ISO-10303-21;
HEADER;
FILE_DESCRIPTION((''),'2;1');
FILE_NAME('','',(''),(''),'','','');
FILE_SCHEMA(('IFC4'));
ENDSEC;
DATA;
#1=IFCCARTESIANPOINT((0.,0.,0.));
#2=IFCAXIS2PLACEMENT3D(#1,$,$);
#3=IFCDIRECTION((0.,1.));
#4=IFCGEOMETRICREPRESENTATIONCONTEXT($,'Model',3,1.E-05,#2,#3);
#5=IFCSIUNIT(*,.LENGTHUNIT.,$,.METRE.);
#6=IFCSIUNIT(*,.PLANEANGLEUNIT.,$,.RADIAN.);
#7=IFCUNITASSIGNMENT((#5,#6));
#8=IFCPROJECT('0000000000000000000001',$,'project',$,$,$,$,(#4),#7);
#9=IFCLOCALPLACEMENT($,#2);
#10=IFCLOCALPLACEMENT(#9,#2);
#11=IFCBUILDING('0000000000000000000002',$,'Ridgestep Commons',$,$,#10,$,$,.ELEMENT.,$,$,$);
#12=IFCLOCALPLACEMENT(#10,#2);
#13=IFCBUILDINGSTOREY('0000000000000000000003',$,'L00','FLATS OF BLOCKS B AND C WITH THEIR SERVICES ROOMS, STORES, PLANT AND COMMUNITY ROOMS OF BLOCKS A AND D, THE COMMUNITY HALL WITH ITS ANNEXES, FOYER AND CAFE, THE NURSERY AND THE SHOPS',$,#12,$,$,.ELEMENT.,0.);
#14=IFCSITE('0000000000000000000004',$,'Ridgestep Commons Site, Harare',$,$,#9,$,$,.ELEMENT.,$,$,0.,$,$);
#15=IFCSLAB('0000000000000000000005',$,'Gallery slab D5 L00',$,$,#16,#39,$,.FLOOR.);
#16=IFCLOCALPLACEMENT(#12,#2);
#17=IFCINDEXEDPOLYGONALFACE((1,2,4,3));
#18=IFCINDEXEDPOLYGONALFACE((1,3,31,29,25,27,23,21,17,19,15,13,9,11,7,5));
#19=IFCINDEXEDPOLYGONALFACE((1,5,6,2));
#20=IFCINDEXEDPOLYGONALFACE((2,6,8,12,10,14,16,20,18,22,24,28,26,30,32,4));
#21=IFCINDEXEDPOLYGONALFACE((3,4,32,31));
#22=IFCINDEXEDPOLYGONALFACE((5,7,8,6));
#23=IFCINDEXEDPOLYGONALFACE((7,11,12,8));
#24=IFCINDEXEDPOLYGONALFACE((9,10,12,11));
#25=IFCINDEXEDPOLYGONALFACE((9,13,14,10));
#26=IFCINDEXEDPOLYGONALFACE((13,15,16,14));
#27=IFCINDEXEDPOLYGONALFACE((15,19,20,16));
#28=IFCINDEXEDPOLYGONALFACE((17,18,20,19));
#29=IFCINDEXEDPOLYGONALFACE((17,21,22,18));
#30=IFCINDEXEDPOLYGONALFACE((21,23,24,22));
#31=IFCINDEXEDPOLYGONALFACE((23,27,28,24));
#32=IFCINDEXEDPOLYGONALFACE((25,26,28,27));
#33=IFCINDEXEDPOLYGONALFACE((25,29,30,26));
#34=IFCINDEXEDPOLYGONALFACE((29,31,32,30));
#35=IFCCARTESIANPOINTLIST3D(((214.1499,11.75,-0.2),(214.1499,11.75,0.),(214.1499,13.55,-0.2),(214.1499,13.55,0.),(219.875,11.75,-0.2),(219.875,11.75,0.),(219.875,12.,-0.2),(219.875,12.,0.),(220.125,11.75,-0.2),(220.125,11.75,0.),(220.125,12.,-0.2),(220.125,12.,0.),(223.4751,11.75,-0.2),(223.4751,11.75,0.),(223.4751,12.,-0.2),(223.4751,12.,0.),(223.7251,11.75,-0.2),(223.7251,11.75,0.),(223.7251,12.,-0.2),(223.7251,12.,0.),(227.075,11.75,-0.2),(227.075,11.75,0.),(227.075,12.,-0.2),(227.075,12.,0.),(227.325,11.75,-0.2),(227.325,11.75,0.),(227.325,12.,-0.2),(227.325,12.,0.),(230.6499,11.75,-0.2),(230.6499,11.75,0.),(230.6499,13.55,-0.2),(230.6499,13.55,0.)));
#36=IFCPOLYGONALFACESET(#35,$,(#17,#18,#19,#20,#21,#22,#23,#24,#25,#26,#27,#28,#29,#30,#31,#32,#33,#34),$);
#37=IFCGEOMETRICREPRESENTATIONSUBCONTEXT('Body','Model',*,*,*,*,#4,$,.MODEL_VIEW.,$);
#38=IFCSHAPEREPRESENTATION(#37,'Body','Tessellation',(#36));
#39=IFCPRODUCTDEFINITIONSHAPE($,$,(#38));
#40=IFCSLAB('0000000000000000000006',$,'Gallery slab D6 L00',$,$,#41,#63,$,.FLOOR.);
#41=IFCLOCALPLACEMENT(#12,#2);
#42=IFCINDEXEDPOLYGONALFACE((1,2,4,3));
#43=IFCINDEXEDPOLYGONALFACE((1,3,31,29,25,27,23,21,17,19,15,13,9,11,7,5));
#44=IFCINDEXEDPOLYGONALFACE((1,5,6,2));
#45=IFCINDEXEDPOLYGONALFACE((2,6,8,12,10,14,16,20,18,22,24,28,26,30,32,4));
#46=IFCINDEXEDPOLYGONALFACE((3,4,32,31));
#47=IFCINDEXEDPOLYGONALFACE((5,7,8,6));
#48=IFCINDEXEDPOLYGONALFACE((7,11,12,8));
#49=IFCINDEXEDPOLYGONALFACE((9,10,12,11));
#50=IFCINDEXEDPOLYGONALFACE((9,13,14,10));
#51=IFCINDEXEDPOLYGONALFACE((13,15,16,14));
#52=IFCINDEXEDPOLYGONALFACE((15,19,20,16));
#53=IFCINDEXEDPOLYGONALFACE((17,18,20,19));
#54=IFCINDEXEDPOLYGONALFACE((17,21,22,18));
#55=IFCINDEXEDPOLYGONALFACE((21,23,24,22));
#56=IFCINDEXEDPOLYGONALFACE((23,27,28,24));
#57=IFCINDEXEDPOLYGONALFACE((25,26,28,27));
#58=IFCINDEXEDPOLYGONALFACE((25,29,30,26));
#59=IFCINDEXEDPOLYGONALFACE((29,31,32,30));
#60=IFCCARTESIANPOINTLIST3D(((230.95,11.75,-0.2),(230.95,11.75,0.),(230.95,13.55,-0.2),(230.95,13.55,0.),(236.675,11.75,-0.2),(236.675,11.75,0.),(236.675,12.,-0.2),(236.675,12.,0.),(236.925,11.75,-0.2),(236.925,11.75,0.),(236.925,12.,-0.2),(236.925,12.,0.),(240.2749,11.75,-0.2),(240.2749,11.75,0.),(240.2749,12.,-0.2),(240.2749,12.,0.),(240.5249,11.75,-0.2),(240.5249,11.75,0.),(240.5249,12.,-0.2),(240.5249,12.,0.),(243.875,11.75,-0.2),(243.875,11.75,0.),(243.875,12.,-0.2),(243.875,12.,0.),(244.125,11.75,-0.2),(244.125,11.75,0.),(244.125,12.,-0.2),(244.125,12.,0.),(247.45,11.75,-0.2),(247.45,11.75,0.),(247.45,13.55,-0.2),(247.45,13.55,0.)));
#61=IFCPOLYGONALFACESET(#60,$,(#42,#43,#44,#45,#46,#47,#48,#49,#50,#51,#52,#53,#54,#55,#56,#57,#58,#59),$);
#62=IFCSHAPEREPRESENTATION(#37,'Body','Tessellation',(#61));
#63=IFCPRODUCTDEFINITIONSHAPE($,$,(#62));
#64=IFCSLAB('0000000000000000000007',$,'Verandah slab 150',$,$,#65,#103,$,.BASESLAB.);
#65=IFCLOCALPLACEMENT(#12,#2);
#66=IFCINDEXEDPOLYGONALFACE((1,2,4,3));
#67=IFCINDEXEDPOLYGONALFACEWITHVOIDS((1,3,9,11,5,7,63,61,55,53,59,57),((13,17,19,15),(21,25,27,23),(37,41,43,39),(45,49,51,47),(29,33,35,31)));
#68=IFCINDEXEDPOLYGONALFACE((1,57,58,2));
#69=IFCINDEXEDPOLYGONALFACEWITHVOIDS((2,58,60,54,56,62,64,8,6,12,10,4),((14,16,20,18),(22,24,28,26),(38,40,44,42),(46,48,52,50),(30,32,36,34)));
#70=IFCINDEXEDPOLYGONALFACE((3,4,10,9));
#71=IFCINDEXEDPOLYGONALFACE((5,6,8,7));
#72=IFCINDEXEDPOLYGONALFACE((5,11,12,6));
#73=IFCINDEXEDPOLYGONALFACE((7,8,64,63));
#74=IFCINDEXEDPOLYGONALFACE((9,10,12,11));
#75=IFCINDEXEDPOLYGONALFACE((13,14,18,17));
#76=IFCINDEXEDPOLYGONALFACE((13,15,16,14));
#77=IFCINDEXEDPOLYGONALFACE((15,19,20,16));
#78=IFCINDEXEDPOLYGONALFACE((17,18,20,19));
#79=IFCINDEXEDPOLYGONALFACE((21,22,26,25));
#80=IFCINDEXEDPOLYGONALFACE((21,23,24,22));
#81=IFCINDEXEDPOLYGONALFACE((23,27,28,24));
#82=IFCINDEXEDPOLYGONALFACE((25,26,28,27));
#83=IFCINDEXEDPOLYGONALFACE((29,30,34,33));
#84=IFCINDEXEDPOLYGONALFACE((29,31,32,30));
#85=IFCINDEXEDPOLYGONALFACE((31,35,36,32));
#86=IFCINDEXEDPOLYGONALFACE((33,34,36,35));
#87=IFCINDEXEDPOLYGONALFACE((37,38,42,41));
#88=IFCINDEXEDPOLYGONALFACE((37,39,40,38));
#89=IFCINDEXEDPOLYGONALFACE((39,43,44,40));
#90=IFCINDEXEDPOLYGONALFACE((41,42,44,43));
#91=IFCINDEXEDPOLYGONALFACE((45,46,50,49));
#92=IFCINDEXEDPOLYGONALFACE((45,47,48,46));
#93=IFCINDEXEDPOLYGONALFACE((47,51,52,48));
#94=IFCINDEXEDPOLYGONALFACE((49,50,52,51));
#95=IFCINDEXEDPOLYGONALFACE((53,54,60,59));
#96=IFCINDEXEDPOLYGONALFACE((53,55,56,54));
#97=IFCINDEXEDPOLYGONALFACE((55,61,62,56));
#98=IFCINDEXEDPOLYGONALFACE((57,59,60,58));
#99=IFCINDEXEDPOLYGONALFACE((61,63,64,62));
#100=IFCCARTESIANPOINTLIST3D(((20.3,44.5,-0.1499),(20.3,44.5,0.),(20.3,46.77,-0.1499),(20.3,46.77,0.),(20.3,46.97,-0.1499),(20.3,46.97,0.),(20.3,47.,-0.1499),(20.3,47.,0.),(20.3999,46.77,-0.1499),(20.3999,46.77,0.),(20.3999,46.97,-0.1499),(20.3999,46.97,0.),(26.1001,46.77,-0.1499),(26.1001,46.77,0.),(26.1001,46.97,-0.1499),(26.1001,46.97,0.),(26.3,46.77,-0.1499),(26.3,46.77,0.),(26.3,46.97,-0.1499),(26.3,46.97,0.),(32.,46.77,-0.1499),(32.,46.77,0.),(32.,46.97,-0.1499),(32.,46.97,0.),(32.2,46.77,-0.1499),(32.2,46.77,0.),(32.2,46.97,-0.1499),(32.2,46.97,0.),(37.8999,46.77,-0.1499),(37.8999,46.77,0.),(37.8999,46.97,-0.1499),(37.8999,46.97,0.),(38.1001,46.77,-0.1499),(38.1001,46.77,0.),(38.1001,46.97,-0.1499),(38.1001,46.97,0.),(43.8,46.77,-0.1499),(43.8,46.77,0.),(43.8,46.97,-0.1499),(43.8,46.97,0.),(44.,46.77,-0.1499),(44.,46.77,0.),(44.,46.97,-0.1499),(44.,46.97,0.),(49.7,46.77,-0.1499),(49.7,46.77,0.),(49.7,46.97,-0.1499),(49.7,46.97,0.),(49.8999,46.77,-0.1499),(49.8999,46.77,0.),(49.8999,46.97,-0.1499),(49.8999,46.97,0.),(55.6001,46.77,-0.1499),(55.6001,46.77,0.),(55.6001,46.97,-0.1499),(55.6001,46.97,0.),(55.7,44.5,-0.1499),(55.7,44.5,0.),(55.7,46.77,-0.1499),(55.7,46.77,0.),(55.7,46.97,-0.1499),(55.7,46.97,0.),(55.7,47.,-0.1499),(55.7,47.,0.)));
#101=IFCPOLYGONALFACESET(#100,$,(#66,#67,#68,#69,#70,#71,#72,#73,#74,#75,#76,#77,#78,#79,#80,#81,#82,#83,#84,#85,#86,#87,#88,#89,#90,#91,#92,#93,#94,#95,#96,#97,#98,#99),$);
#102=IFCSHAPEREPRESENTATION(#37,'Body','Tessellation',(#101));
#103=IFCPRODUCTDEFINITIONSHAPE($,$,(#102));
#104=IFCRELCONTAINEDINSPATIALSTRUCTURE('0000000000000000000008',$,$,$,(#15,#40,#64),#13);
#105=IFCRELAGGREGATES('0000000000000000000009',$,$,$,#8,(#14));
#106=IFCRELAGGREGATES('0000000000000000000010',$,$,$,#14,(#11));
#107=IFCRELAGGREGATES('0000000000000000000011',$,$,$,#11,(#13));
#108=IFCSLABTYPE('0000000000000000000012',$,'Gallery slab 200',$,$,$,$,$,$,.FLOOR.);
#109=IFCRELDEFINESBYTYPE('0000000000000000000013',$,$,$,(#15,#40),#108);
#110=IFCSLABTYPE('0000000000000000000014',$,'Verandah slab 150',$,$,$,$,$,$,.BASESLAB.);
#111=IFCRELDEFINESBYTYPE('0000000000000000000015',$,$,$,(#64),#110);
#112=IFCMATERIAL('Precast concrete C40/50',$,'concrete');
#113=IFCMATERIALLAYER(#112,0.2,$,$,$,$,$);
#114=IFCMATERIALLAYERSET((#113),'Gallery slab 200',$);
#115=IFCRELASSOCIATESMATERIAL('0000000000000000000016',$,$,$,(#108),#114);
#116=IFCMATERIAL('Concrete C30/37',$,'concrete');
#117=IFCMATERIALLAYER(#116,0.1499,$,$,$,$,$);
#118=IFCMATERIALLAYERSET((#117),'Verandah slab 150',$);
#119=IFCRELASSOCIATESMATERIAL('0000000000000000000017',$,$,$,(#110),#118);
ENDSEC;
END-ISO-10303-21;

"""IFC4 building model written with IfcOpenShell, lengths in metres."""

from ifc_helpers import new_model, si_unit, direction, frame, origin, place, context, subcontext, project, spatial, polyline, outline, extrude, material, layer, layer_set, type_object, element, save


model = new_model("IFC4")

# Units and contexts
model_context = context("Model", 3, precision=1e-05, world=origin(), true_north=direction((0.0, 1.0)))
body_context = subcontext(model_context, "Body", "Model", "MODEL_VIEW")
ifc_project = project(units=[si_unit("LENGTHUNIT", "METRE"), si_unit("PLANEANGLEUNIT", "RADIAN")], contexts=[model_context])

# Site, building, storey
site_placement = place(None, origin())
site = spatial("IfcSite", under=ifc_project, at=site_placement, Name="Ridgestep Commons Site, Harare", CompositionType="ELEMENT", RefElevation=0.0)
building_placement = place(site_placement, origin())
building = spatial("IfcBuilding", under=site, at=building_placement, Name="Ridgestep Commons", CompositionType="ELEMENT")
storey_placement = place(building_placement, origin())
storey = spatial("IfcBuildingStorey", under=building, at=storey_placement, Name="L00", Description="FLATS OF BLOCKS B AND C WITH THEIR SERVICES ROOMS, STORES, PLANT AND COMMUNITY ROOMS OF BLOCKS A AND D, THE COMMUNITY HALL WITH ITS ANNEXES, FOYER AND CAFE, THE NURSERY AND THE SHOPS", CompositionType="ELEMENT", Elevation=0.0)

# Slabs
ifc_material_1 = material(Name="Precast concrete C40/50", Category="concrete")
ifc_layer_1 = layer(ifc_material_1, 0.2)
ifc_layer_set_1 = layer_set([ifc_layer_1], Name="Gallery slab 200")
slab_type_1 = type_object("IfcSlabType", Name="Gallery slab 200", PredefinedType="FLOOR", material=ifc_layer_set_1)
slab_1_placement = place(storey_placement, frame((0.0, 0.0, -0.2)))
element("IfcSlab", 1, at=slab_1_placement, inside=storey, type_object=slab_type_1, Name="Gallery slab D5 L00", PredefinedType="FLOOR", context=body_context, shape_type="SweptSolid", body=[
    extrude(outline(polyline([(230.6499, 13.55), (214.1499, 13.55), (214.1499, 11.75), (219.875, 11.75), (219.875, 12.0), (220.125, 12.0), (220.125, 11.75), (223.4751, 11.75), (223.4751, 12.0), (223.7251, 12.0), (223.7251, 11.75), (227.075, 11.75), (227.075, 12.0), (227.325, 12.0), (227.325, 11.75), (230.6499, 11.75), (230.6499, 13.55)])), origin(), (0.0, 0.0, 1.0), 0.2),
])
slab_2_placement = place(storey_placement, frame((0.0, 0.0, -0.2)))
element("IfcSlab", 2, at=slab_2_placement, inside=storey, type_object=slab_type_1, Name="Gallery slab D6 L00", PredefinedType="FLOOR", context=body_context, shape_type="SweptSolid", body=[
    extrude(outline(polyline([(247.45, 13.55), (230.95, 13.55), (230.95, 11.75), (236.675, 11.75), (236.675, 12.0), (236.925, 12.0), (236.925, 11.75), (240.2749, 11.75), (240.2749, 12.0), (240.5249, 12.0), (240.5249, 11.75), (243.875, 11.75), (243.875, 12.0), (244.125, 12.0), (244.125, 11.75), (247.45, 11.75), (247.45, 13.55)])), origin(), (0.0, 0.0, 1.0), 0.2),
])
ifc_material_2 = material(Name="Concrete C30/37", Category="concrete")
ifc_layer_2 = layer(ifc_material_2, 0.1499)
ifc_layer_set_2 = layer_set([ifc_layer_2], Name="Verandah slab 150")
slab_type_2 = type_object("IfcSlabType", Name="Verandah slab 150", PredefinedType="BASESLAB", material=ifc_layer_set_2)
slab_3_placement = place(storey_placement, frame((0.0, 0.0, -0.1499)))
element("IfcSlab", 3, at=slab_3_placement, inside=storey, type_object=slab_type_2, Name="Verandah slab 150", PredefinedType="BASESLAB", context=body_context, shape_type="SweptSolid", body=[
    extrude(outline(polyline([(20.3999, 46.97), (20.3, 46.97), (20.3, 47.0), (55.7, 47.0), (55.7, 46.97), (55.6001, 46.97), (55.6001, 46.77), (55.7, 46.77), (55.7, 44.5), (20.3, 44.5), (20.3, 46.77), (20.3999, 46.77), (20.3999, 46.97)]), holes=[polyline([(26.1001, 46.97), (26.1001, 46.77), (26.3, 46.77), (26.3, 46.97), (26.1001, 46.97)]), polyline([(32.2, 46.97), (32.0, 46.97), (32.0, 46.77), (32.2, 46.77), (32.2, 46.97)]), polyline([(38.1001, 46.77), (38.1001, 46.97), (37.8999, 46.97), (37.8999, 46.77), (38.1001, 46.77)]), polyline([(43.8, 46.77), (44.0, 46.77), (44.0, 46.97), (43.8, 46.97), (43.8, 46.77)]), polyline([(49.7, 46.97), (49.7, 46.77), (49.8999, 46.77), (49.8999, 46.97), (49.7, 46.97)])]), origin(), (0.0, 0.0, 1.0), 0.1499),
])

save(model, "model.ifc")
